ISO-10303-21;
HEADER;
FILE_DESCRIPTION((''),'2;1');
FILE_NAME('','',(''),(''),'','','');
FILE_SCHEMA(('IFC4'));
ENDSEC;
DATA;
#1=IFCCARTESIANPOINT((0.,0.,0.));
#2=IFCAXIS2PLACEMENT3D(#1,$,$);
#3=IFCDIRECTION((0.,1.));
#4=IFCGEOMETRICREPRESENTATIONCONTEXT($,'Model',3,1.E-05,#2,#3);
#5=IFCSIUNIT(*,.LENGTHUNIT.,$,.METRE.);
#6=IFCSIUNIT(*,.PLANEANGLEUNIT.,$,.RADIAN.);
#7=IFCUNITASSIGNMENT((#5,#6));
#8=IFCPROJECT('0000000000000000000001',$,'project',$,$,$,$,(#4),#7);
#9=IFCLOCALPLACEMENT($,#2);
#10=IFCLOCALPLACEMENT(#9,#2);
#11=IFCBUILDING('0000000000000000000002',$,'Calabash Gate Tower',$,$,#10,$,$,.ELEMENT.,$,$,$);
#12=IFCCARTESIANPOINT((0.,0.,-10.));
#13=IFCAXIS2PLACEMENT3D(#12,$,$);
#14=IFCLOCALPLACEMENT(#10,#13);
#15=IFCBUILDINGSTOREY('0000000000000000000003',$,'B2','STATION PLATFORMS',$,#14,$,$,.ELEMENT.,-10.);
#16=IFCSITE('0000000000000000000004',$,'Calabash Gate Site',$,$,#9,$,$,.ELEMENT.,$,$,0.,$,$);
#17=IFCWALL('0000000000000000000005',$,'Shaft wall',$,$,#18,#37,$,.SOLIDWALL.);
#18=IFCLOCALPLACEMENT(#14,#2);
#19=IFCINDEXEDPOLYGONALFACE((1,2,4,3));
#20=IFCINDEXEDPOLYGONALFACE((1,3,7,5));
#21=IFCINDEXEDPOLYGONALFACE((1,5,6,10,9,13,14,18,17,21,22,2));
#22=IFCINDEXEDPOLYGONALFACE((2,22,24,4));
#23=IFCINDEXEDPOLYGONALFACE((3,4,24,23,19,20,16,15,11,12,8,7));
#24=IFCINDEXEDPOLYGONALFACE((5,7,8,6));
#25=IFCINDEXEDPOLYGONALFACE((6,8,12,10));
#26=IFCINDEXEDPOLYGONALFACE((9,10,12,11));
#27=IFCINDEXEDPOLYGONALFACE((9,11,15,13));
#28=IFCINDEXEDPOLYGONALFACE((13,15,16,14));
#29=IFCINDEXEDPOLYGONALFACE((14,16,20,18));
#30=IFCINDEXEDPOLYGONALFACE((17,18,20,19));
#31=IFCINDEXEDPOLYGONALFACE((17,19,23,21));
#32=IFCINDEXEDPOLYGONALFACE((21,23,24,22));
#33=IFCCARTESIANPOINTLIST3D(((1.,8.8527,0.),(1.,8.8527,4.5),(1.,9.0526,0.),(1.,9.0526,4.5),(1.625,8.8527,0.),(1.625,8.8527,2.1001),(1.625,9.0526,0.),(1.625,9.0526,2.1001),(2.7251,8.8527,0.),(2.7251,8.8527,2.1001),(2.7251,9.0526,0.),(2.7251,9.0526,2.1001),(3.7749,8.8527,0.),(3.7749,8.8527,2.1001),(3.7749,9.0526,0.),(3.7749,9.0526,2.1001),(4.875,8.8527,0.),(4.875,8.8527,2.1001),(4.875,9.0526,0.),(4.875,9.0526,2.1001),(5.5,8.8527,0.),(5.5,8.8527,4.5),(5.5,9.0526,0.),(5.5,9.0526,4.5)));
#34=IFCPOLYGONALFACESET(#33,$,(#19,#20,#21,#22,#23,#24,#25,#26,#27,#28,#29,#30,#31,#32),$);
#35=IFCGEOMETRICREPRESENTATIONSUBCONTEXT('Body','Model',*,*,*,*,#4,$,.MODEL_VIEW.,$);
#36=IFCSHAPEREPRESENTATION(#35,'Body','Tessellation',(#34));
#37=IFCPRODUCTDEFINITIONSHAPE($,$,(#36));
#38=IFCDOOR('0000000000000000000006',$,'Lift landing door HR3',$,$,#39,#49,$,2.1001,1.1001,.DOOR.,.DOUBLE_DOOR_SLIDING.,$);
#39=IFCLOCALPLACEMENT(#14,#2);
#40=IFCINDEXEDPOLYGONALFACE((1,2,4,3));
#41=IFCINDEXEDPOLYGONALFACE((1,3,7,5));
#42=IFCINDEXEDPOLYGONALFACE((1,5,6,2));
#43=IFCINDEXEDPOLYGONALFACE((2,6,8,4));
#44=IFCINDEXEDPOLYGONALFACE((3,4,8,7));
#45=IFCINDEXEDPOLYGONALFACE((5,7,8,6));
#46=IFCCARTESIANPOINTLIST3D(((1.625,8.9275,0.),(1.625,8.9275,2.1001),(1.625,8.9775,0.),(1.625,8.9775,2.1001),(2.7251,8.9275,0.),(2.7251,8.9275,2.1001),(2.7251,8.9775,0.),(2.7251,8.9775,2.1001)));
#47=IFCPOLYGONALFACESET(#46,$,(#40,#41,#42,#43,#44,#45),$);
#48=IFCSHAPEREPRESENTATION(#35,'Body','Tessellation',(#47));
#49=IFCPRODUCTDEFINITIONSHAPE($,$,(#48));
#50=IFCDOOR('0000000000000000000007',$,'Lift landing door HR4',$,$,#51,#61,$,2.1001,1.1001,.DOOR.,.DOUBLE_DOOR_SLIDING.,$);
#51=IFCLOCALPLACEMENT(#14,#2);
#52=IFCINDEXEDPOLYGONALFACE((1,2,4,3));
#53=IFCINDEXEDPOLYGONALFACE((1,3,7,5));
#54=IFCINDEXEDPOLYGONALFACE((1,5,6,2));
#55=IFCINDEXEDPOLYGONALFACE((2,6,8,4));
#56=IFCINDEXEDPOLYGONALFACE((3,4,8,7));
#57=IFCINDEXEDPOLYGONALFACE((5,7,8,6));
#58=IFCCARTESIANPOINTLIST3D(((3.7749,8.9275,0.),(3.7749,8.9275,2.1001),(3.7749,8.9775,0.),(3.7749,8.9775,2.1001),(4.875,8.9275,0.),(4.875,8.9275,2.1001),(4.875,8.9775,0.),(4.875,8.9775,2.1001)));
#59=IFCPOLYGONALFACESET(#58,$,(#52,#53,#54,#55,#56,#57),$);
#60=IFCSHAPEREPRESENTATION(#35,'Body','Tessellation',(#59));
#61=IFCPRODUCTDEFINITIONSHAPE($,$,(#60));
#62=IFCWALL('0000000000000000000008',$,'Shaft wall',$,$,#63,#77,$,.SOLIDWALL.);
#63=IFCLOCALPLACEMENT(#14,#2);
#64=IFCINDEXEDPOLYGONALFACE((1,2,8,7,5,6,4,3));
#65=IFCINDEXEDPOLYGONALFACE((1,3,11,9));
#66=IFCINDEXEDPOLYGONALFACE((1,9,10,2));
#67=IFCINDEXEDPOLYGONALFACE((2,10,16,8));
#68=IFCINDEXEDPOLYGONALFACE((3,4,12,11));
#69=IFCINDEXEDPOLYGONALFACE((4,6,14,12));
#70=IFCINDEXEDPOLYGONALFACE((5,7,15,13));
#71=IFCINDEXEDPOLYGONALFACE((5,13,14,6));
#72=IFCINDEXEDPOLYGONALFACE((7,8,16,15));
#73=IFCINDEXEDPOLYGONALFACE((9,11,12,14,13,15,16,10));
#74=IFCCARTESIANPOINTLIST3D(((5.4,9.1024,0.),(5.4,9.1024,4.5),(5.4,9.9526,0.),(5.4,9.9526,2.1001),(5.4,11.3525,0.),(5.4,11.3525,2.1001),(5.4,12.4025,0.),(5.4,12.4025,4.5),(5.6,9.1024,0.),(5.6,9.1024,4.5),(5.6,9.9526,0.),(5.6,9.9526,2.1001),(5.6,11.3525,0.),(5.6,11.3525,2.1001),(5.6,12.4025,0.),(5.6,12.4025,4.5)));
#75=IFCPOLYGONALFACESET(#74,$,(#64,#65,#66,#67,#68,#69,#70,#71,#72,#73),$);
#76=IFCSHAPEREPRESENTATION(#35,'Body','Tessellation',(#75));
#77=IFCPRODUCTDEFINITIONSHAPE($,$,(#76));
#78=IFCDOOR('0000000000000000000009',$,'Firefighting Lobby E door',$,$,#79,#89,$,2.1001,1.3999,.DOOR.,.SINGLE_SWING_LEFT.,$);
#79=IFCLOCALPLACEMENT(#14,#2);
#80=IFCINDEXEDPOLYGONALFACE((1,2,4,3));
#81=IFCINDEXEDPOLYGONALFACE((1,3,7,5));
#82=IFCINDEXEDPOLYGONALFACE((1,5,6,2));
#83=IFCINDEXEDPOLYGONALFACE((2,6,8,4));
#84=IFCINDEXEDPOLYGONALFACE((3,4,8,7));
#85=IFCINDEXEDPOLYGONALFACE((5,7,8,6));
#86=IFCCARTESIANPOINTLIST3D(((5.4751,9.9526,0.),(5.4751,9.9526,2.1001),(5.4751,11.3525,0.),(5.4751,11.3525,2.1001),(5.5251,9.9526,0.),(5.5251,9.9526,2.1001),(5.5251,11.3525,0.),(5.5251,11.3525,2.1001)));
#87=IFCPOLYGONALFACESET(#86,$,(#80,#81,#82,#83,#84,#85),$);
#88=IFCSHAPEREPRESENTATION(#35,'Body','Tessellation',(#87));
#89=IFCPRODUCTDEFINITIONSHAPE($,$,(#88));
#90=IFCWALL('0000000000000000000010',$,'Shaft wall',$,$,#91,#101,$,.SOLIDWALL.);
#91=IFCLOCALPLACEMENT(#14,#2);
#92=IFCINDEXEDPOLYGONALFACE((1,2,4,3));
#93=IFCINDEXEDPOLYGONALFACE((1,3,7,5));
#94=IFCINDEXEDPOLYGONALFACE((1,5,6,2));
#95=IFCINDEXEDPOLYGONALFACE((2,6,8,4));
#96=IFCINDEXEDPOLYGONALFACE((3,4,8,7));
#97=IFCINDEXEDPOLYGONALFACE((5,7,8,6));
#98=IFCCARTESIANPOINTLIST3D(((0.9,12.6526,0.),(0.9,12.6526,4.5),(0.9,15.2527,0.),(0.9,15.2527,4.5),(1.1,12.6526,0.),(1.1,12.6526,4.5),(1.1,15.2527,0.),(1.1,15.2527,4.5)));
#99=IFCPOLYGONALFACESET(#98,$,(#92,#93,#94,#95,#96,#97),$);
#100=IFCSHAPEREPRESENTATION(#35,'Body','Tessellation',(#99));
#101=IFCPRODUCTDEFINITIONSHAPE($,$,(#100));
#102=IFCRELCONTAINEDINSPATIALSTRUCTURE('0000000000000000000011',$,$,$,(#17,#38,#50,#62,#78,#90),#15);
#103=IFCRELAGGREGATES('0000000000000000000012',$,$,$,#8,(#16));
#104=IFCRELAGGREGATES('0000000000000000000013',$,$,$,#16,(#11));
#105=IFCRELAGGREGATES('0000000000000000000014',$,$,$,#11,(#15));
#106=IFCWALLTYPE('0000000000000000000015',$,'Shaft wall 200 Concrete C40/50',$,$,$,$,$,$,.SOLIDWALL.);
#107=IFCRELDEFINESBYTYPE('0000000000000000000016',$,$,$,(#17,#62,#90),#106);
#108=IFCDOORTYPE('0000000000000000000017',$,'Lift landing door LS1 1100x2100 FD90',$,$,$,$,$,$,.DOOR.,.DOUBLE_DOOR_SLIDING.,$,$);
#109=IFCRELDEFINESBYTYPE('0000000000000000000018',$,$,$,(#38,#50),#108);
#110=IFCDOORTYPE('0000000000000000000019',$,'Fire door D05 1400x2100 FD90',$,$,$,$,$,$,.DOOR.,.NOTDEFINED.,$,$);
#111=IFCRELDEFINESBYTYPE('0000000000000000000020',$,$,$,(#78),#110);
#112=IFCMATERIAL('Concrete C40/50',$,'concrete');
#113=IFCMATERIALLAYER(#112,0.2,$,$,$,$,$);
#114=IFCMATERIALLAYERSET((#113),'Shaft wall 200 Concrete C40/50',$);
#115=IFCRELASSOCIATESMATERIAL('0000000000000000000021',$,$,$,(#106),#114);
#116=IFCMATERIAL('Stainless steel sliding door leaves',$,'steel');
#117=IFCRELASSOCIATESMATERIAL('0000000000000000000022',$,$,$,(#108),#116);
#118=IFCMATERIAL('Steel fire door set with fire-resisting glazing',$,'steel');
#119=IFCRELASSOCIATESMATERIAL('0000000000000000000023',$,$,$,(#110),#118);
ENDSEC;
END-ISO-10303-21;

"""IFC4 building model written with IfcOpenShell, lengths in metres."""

from ifc_helpers import new_model, si_unit, direction, frame, frame_2d, origin, place, context, subcontext, project, spatial, rectangle, extrude, material, layer, layer_set, type_object, element, fill, save


model = new_model("IFC4")

# Units and contexts
model_context = context("Model", 3, precision=1e-05, world=origin(), true_north=direction((0.0, 1.0)))
body_context = subcontext(model_context, "Body", "Model", "MODEL_VIEW")
ifc_project = project(units=[si_unit("LENGTHUNIT", "METRE"), si_unit("PLANEANGLEUNIT", "RADIAN")], contexts=[model_context])

# Site, building, storey
site_placement = place(None, origin())
site = spatial("IfcSite", under=ifc_project, at=site_placement, Name="Calabash Gate Site", CompositionType="ELEMENT", RefElevation=0.0)
building_placement = place(site_placement, origin())
building = spatial("IfcBuilding", under=site, at=building_placement, Name="Calabash Gate Tower", CompositionType="ELEMENT")
storey_placement = place(building_placement, frame((0.0, 0.0, -10.0)))
storey = spatial("IfcBuildingStorey", under=building, at=storey_placement, Name="B2", Description="STATION PLATFORMS", CompositionType="ELEMENT", Elevation=-10.0)

# Shared definitions
ifc_material_1 = material(Name="Concrete C40/50", Category="concrete")
ifc_layer_1 = layer(ifc_material_1, 0.2)
ifc_layer_set_1 = layer_set([ifc_layer_1], Name="Shaft wall 200 Concrete C40/50")
wall_type_1 = type_object("IfcWallType", Name="Shaft wall 200 Concrete C40/50", PredefinedType="SOLIDWALL", material=ifc_layer_set_1)

# Wall, openings, doors
wall_1_placement = place(storey_placement, frame((1.0, 8.9526, 0.0), z_axis=(0.0, 0.0, 1.0), x_axis=(1.0, 0.0, 0.0)))
wall_1 = element("IfcWall", 1, at=wall_1_placement, inside=storey, type_object=wall_type_1, Name="Shaft wall", PredefinedType="SOLIDWALL", context=body_context, shape_type="SweptSolid", body=[
    extrude(rectangle(XDim=4.5, YDim=0.2, at=frame_2d((2.25, 0.0))), origin(), (0.0, 0.0, 1.0), 4.5),
])
opening_1_placement = place(wall_1_placement, frame((0.625, 0.0, 0.0)))
opening_1 = element("IfcOpeningElement", 2, at=opening_1_placement, cuts=wall_1, PredefinedType="OPENING", context=body_context, shape_type="SweptSolid", body=[
    extrude(rectangle(XDim=1.1001, YDim=2.1001, at=frame_2d((0.55, 1.05))), frame((0.0, 0.1099, 0.0), z_axis=(0.0, -1.0, 0.0), x_axis=(1.0, 0.0, 0.0)), (0.0, 0.0, 1.0), 0.22),
])
opening_2_placement = place(wall_1_placement, frame((2.7749, 0.0, 0.0)))
opening_2 = element("IfcOpeningElement", 3, at=opening_2_placement, cuts=wall_1, PredefinedType="OPENING", context=body_context, shape_type="SweptSolid", body=[
    extrude(rectangle(XDim=1.1001, YDim=2.1001, at=frame_2d((0.55, 1.05))), frame((0.0, 0.1099, 0.0), z_axis=(0.0, -1.0, 0.0), x_axis=(1.0, 0.0, 0.0)), (0.0, 0.0, 1.0), 0.22),
])
ifc_material_2 = material(Name="Stainless steel sliding door leaves", Category="steel")
door_type_1 = type_object("IfcDoorType", Name="Lift landing door LS1 1100x2100 FD90", OperationType="DOUBLE_DOOR_SLIDING", PredefinedType="DOOR", material=ifc_material_2)
door_1_placement = place(opening_1_placement, origin())
door_1 = element("IfcDoor", 4, at=door_1_placement, inside=storey, type_object=door_type_1, Name="Lift landing door HR3", OperationType="DOUBLE_DOOR_SLIDING", OverallHeight=2.1001, OverallWidth=1.1001, PredefinedType="DOOR", context=body_context, shape_type="SweptSolid", body=[
    extrude(rectangle(XDim=1.1001, YDim=2.1001, at=frame_2d((0.55, 1.05))), frame((0.0, 0.0249, 0.0), z_axis=(0.0, -1.0, 0.0), x_axis=(1.0, 0.0, 0.0)), (0.0, 0.0, 1.0), 0.05),
])
fill(opening_1, door_1)
door_2_placement = place(opening_2_placement, origin())
door_2 = element("IfcDoor", 5, at=door_2_placement, inside=storey, type_object=door_type_1, Name="Lift landing door HR4", OperationType="DOUBLE_DOOR_SLIDING", OverallHeight=2.1001, OverallWidth=1.1001, PredefinedType="DOOR", context=body_context, shape_type="SweptSolid", body=[
    extrude(rectangle(XDim=1.1001, YDim=2.1001, at=frame_2d((0.55, 1.05))), frame((0.0, 0.0249, 0.0), z_axis=(0.0, -1.0, 0.0), x_axis=(1.0, 0.0, 0.0)), (0.0, 0.0, 1.0), 0.05),
])
fill(opening_2, door_2)

# Wall, opening, door
wall_2_placement = place(storey_placement, frame((5.5, 9.1025, 0.0), z_axis=(0.0, 0.0, 1.0), x_axis=(0.0, 1.0, 0.0)))
wall_2 = element("IfcWall", 6, at=wall_2_placement, inside=storey, type_object=wall_type_1, Name="Shaft wall", PredefinedType="SOLIDWALL", context=body_context, shape_type="SweptSolid", body=[
    extrude(rectangle(XDim=3.3, YDim=0.2, at=frame_2d((1.6499, 0.0))), origin(), (0.0, 0.0, 1.0), 4.5),
])
opening_3_placement = place(wall_2_placement, frame((0.8501, 0.0, 0.0)))
opening_3 = element("IfcOpeningElement", 7, at=opening_3_placement, cuts=wall_2, PredefinedType="OPENING", context=body_context, shape_type="SweptSolid", body=[
    extrude(rectangle(XDim=1.3999, YDim=2.1001, at=frame_2d((0.7, 1.05))), frame((0.0, 0.1099, 0.0), z_axis=(0.0, -1.0, 0.0), x_axis=(1.0, 0.0, 0.0)), (0.0, 0.0, 1.0), 0.22),
])
ifc_material_3 = material(Name="Steel fire door set with fire-resisting glazing", Category="steel")
door_type_2 = type_object("IfcDoorType", Name="Fire door D05 1400x2100 FD90", OperationType="NOTDEFINED", PredefinedType="DOOR", material=ifc_material_3)
door_3_placement = place(opening_3_placement, origin())
door_3 = element("IfcDoor", 8, at=door_3_placement, inside=storey, type_object=door_type_2, Name="Firefighting Lobby E door", OperationType="SINGLE_SWING_LEFT", OverallHeight=2.1001, OverallWidth=1.3999, PredefinedType="DOOR", context=body_context, shape_type="SweptSolid", body=[
    extrude(rectangle(XDim=1.3999, YDim=2.1001, at=frame_2d((0.7, 1.05))), frame((0.0, 0.0249, 0.0), z_axis=(0.0, -1.0, 0.0), x_axis=(1.0, 0.0, 0.0)), (0.0, 0.0, 1.0), 0.05),
])
fill(opening_3, door_3)

# Wall
wall_3_placement = place(storey_placement, frame((1.0, 12.6526, 0.0), z_axis=(0.0, 0.0, 1.0), x_axis=(0.0, 1.0, 0.0)))
element("IfcWall", 9, at=wall_3_placement, inside=storey, type_object=wall_type_1, Name="Shaft wall", PredefinedType="SOLIDWALL", context=body_context, shape_type="SweptSolid", body=[
    extrude(rectangle(XDim=2.6001, YDim=0.2, at=frame_2d((1.3, 0.0))), origin(), (0.0, 0.0, 1.0), 4.5),
])

save(model, "model.ifc")
